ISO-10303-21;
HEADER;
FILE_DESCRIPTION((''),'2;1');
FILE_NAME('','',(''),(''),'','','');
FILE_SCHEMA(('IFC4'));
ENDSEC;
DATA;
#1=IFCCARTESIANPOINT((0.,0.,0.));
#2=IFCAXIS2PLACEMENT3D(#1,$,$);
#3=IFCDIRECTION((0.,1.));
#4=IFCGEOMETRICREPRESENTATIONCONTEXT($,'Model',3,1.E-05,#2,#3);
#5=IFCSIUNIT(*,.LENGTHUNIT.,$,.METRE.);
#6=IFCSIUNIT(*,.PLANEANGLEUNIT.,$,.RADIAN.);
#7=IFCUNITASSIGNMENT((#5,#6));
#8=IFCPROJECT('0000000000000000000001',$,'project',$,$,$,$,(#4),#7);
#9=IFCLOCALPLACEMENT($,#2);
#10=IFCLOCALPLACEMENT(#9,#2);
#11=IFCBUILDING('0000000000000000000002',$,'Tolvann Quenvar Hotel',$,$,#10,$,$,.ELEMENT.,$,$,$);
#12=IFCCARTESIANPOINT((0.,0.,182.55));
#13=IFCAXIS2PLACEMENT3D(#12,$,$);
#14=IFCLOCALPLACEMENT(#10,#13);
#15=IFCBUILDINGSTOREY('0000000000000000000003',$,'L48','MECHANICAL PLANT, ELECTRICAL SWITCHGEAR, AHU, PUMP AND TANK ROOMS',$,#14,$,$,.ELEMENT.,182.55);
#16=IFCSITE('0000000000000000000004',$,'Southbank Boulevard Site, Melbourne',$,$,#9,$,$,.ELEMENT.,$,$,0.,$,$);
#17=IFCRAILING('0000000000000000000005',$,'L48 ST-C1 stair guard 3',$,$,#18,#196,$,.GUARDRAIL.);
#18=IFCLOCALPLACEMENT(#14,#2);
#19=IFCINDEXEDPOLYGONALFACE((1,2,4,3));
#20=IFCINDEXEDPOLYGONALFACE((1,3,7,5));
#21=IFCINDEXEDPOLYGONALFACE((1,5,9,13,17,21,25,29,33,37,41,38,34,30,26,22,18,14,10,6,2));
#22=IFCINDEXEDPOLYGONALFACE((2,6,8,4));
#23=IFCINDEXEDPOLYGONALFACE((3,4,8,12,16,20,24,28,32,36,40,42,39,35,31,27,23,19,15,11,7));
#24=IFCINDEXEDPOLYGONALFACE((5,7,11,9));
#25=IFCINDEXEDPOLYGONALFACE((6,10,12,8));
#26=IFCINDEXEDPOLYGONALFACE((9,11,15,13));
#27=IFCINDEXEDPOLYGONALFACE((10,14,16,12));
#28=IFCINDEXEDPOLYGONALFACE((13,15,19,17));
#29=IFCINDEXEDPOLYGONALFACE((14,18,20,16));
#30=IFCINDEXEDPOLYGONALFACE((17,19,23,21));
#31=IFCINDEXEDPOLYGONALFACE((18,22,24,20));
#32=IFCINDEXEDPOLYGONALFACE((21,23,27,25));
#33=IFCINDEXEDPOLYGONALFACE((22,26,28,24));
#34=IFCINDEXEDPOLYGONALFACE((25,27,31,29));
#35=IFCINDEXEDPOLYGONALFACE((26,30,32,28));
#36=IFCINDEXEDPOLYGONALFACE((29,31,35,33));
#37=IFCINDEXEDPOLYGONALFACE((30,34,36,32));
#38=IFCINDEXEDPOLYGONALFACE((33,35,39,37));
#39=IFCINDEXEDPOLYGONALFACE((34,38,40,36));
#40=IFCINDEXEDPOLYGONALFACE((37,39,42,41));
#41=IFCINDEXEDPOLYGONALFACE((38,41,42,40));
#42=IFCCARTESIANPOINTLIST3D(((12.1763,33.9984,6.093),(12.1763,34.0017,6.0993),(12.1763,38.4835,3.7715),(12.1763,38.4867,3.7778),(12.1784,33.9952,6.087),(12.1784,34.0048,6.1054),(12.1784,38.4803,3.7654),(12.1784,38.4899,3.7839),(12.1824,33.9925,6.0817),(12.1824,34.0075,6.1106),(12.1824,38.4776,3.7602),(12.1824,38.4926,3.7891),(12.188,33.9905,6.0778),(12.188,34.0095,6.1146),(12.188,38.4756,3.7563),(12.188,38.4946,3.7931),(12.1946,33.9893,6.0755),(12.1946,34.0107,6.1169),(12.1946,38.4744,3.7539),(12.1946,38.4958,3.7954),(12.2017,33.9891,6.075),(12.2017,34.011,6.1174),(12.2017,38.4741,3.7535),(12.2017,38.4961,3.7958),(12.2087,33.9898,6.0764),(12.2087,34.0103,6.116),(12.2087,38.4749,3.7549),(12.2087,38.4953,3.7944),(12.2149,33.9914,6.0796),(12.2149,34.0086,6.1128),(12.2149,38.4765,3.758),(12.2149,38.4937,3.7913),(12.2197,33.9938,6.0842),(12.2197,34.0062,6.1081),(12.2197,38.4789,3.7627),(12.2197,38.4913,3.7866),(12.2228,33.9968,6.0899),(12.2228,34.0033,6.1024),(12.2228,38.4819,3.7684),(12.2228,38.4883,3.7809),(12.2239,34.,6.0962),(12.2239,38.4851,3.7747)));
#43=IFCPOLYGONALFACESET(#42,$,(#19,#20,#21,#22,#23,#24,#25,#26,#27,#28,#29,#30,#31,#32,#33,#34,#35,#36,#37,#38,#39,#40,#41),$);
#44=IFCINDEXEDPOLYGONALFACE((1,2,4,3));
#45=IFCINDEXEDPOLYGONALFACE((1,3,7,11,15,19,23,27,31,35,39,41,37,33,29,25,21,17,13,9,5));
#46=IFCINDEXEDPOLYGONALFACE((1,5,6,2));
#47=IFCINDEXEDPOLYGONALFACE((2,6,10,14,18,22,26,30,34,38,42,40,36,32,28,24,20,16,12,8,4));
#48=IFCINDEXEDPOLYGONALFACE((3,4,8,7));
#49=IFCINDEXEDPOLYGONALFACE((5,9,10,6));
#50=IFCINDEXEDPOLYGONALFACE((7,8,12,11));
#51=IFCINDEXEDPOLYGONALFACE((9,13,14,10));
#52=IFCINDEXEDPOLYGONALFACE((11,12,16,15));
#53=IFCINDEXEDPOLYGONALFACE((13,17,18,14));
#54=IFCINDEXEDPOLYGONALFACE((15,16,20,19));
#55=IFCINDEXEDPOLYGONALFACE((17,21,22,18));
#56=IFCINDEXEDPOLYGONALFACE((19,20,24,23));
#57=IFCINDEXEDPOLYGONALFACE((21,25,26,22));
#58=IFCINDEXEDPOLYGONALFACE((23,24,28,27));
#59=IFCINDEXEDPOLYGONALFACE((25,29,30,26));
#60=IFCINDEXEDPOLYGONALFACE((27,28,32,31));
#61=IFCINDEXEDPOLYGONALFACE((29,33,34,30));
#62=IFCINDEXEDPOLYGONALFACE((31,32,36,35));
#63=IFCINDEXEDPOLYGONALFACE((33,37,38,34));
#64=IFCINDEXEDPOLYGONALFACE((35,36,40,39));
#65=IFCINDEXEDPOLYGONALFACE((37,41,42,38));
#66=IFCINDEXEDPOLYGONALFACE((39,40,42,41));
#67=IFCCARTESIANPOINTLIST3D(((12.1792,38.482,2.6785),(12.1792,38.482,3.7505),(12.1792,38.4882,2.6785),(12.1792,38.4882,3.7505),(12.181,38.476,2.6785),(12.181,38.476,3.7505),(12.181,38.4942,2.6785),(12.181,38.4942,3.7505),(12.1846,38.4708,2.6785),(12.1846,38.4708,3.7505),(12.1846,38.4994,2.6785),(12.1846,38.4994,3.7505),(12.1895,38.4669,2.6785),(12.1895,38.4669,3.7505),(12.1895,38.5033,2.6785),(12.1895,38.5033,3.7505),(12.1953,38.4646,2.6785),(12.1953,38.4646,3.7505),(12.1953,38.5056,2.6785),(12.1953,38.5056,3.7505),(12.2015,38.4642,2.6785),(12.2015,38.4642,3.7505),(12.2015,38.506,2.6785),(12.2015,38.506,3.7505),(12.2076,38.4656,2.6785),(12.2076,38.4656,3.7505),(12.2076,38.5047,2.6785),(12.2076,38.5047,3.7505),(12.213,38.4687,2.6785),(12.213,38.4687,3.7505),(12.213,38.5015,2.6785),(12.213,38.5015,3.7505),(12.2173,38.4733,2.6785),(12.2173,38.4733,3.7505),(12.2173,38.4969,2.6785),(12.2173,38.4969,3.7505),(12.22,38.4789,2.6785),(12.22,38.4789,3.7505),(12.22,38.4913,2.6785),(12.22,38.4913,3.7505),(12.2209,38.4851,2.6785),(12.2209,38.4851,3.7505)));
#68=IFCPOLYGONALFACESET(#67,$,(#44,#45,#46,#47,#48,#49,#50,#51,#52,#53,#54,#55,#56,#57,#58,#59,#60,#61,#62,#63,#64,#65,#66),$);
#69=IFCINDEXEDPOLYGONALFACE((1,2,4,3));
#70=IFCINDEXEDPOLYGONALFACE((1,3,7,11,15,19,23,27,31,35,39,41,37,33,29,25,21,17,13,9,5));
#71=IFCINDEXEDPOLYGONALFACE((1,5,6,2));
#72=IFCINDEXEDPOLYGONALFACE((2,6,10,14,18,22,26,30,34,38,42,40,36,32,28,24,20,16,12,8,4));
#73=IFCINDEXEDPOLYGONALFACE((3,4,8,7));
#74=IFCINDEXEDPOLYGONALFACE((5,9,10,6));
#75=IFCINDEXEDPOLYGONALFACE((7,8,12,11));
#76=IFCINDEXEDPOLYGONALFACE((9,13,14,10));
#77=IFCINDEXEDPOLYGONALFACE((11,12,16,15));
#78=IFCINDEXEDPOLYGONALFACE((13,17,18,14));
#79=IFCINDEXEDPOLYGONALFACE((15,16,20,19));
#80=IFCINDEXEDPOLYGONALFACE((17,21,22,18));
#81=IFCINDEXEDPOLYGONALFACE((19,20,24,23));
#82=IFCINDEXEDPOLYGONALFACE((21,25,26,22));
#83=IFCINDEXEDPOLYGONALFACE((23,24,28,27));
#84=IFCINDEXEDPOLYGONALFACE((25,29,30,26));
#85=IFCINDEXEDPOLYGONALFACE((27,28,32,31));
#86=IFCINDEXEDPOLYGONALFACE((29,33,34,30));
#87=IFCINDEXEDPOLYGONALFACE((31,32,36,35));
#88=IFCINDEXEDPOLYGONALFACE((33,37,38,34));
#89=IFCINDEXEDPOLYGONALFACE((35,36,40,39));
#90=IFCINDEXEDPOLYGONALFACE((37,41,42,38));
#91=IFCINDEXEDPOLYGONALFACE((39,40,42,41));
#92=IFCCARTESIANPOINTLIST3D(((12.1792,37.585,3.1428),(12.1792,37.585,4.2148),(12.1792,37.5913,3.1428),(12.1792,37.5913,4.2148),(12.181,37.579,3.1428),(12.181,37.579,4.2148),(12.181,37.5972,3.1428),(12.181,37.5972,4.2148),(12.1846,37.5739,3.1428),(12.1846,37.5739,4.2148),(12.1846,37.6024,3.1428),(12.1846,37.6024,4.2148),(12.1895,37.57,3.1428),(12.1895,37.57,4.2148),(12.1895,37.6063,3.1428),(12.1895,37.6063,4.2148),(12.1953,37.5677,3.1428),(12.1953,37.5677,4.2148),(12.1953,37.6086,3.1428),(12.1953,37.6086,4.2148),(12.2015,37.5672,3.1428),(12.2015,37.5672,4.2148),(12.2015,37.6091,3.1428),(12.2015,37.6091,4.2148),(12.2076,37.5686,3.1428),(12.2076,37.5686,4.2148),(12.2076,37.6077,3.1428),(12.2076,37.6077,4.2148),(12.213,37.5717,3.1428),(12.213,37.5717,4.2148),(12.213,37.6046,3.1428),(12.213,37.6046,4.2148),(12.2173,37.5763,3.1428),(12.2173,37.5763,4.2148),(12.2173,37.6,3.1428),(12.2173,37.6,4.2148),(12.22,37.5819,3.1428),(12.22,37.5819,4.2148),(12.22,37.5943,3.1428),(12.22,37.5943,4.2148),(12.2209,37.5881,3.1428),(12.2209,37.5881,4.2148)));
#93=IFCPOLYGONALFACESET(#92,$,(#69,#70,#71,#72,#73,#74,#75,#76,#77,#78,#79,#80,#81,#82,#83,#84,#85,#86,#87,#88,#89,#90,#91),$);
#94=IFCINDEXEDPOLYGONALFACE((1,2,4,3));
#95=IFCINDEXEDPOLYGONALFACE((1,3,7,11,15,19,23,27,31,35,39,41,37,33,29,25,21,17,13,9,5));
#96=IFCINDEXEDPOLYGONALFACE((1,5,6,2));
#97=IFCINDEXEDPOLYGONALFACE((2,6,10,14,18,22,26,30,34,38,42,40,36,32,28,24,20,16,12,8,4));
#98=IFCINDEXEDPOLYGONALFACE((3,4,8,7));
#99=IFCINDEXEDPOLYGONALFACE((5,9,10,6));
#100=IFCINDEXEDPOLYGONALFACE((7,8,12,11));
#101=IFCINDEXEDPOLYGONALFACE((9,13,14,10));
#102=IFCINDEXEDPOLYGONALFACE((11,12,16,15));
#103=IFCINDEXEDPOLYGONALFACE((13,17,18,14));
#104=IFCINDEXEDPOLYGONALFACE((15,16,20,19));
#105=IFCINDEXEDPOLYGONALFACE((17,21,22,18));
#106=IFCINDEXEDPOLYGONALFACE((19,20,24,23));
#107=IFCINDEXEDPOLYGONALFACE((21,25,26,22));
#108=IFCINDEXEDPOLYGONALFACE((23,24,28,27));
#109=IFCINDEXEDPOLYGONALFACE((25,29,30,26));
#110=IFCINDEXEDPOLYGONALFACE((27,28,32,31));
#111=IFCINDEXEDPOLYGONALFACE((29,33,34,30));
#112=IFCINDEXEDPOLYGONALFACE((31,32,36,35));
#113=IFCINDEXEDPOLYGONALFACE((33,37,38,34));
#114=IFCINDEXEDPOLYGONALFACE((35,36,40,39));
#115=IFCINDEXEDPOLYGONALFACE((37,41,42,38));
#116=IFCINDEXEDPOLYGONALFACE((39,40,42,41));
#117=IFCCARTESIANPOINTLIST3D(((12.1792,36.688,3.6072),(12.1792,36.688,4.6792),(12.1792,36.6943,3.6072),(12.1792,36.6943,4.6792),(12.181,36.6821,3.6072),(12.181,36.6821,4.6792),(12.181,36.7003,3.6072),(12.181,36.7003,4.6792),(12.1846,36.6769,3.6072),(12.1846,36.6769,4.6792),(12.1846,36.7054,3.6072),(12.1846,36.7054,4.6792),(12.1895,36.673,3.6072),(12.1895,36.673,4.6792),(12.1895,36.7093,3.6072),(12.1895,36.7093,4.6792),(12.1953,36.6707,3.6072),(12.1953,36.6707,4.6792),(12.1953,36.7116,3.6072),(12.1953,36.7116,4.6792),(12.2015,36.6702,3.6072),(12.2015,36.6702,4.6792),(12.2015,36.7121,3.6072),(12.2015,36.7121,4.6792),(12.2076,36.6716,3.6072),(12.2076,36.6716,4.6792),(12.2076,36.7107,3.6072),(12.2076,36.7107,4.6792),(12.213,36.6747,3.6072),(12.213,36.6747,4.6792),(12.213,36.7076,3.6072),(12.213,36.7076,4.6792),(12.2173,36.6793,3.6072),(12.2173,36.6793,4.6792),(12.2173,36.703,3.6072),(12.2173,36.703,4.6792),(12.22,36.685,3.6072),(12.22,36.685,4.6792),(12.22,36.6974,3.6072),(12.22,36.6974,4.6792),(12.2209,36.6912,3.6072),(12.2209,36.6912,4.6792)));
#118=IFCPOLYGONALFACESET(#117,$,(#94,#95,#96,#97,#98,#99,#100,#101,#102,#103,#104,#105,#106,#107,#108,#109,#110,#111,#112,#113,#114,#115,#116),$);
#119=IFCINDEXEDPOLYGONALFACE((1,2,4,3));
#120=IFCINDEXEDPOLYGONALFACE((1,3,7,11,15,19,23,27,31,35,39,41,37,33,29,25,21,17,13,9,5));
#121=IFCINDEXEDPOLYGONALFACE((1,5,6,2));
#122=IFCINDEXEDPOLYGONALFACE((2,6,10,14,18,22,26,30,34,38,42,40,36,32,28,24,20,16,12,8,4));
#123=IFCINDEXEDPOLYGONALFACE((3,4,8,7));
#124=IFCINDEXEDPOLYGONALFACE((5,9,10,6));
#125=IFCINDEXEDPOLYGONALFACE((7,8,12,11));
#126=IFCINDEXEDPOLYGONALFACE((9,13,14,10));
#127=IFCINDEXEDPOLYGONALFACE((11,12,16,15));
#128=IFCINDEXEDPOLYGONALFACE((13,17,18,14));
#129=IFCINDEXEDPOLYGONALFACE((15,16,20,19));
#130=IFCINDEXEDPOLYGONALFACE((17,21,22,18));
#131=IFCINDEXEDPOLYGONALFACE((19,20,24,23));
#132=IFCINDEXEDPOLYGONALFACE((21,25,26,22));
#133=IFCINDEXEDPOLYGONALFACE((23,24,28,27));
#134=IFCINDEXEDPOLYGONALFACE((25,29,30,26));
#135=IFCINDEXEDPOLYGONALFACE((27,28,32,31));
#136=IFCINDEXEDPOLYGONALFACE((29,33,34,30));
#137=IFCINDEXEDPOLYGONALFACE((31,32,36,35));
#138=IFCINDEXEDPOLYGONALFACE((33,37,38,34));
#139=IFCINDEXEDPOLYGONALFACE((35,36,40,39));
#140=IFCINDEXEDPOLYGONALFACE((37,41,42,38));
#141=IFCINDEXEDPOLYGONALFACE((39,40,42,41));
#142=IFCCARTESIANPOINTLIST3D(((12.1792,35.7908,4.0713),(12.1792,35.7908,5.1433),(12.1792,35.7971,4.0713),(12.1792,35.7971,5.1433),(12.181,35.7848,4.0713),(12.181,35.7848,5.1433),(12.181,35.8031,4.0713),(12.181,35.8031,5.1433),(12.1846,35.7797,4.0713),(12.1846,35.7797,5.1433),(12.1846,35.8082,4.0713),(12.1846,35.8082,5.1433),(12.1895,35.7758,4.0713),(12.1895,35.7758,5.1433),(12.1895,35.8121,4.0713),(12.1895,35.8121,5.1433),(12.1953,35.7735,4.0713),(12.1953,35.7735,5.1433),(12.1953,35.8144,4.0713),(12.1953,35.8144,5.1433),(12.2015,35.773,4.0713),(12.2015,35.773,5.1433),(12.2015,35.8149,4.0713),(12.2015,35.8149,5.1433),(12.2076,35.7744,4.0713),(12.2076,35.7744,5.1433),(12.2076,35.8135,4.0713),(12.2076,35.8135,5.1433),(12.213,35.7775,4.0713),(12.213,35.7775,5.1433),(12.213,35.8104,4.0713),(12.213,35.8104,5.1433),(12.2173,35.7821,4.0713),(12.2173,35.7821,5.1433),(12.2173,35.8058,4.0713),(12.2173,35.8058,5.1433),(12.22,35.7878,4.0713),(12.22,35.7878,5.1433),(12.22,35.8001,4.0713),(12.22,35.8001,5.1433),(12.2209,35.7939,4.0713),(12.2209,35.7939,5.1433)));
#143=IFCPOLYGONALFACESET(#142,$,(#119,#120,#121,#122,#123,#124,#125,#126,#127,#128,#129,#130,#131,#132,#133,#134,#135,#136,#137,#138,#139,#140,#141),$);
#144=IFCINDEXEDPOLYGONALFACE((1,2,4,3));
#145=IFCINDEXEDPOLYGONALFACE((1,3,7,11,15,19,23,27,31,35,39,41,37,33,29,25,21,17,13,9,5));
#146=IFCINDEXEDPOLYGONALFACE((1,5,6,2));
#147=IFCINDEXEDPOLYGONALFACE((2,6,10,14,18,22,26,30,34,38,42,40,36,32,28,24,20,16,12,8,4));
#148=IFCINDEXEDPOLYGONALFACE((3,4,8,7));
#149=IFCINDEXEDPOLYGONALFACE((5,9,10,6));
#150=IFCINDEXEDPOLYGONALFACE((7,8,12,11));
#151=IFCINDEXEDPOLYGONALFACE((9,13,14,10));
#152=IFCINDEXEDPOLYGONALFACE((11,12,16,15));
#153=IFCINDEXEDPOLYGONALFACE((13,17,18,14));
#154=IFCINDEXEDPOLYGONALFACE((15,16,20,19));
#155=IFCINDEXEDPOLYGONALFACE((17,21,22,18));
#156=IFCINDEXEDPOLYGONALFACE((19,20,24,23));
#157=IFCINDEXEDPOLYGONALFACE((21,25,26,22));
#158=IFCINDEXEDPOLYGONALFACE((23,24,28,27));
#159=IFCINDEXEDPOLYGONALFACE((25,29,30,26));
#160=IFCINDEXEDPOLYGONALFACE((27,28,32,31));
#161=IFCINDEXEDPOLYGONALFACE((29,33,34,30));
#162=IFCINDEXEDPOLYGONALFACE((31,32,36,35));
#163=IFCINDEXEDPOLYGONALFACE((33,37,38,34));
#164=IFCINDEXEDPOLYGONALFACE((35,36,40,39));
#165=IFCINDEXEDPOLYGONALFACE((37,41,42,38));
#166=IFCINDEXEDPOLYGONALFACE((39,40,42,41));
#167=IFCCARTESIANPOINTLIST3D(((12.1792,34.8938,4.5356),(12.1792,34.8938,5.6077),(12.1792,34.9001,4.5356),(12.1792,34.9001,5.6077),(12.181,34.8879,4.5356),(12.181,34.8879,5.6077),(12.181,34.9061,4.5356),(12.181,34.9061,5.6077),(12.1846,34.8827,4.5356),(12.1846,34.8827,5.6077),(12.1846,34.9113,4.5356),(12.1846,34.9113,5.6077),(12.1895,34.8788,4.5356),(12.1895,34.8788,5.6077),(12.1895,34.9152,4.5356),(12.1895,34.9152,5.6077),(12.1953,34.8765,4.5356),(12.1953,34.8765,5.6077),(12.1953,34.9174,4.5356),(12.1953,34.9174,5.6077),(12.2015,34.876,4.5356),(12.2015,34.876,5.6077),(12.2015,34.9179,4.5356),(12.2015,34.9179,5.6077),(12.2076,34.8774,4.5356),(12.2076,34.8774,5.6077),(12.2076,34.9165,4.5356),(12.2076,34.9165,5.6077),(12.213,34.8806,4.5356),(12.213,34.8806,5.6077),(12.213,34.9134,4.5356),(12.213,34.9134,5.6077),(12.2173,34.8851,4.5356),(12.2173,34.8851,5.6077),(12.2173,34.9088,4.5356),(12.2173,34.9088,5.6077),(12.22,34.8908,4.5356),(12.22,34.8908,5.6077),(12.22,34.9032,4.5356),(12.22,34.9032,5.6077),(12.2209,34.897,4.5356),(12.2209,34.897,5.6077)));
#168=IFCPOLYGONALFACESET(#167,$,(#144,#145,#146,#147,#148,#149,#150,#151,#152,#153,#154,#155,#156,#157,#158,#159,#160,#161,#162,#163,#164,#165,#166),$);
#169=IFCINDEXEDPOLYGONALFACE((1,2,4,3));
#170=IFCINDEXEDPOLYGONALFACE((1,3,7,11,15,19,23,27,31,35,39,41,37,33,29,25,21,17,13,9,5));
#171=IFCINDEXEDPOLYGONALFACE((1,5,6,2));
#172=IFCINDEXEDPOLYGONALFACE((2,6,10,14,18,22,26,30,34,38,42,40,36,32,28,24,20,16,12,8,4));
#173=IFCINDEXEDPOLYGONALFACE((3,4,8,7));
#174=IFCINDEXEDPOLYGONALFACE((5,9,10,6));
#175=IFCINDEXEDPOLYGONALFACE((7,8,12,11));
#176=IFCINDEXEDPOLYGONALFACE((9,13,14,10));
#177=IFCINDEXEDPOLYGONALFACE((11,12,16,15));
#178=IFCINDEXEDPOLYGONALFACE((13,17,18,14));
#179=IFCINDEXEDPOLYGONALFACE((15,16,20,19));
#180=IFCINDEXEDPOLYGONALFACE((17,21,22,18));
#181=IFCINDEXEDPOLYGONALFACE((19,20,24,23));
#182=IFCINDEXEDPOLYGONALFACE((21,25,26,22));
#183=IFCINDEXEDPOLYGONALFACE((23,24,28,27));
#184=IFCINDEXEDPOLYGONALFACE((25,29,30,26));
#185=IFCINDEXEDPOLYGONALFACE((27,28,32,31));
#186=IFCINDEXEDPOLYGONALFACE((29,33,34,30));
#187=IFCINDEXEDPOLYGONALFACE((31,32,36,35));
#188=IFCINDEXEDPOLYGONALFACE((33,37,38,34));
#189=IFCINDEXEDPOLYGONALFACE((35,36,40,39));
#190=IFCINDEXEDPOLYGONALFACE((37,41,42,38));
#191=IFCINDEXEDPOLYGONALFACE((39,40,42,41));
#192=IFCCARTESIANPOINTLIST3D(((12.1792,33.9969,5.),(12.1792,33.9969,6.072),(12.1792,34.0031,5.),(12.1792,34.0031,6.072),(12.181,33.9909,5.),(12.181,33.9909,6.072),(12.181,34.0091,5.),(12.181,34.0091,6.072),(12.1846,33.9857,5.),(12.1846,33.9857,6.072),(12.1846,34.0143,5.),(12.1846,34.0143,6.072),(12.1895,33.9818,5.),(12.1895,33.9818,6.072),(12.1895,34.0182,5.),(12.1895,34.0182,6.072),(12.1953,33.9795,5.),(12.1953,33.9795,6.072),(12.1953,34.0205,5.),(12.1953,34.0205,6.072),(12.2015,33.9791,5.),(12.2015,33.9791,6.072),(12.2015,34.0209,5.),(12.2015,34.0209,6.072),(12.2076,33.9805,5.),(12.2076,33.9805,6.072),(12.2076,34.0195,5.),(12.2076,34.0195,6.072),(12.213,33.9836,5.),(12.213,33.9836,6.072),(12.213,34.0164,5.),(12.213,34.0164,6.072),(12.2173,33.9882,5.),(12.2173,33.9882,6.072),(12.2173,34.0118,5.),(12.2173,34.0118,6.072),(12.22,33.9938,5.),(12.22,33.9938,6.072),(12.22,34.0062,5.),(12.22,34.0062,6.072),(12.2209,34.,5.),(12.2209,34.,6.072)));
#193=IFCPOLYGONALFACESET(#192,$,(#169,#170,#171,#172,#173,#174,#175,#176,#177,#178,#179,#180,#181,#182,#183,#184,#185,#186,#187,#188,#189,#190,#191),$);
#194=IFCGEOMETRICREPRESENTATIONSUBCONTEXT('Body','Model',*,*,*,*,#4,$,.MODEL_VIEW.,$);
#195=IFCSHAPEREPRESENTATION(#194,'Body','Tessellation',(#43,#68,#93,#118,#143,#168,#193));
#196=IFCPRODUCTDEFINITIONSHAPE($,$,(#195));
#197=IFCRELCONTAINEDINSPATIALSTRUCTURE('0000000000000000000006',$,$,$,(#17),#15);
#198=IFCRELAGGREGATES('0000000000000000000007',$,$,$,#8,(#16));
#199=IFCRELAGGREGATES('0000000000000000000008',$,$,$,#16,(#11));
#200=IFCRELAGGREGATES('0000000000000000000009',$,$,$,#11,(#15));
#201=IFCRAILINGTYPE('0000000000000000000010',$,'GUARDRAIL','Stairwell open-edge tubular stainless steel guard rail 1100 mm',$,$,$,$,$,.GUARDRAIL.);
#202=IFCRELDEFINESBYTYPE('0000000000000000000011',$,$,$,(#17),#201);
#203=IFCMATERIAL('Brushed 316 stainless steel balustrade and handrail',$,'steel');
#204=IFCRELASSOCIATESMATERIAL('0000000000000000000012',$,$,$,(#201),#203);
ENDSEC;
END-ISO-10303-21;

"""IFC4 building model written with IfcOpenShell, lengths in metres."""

from ifc_helpers import new_model, si_unit, direction, frame, origin, origin_2d, place, context, subcontext, project, spatial, circle, extrude, material, type_object, element, save


model = new_model("IFC4")

# Units and contexts
model_context = context("Model", 3, precision=1e-05, world=origin(), true_north=direction((0.0, 1.0)))
body_context = subcontext(model_context, "Body", "Model", "MODEL_VIEW")
ifc_project = project(units=[si_unit("LENGTHUNIT", "METRE"), si_unit("PLANEANGLEUNIT", "RADIAN")], contexts=[model_context])

# Site, building, storey
site_placement = place(None, origin())
site = spatial("IfcSite", under=ifc_project, at=site_placement, Name="Southbank Boulevard Site, Melbourne", CompositionType="ELEMENT", RefElevation=0.0)
building_placement = place(site_placement, origin())
building = spatial("IfcBuilding", under=site, at=building_placement, Name="Tolvann Quenvar Hotel", CompositionType="ELEMENT")
storey_placement = place(building_placement, frame((0.0, 0.0, 182.55)))
storey = spatial("IfcBuildingStorey", under=building, at=storey_placement, Name="L48", Description="MECHANICAL PLANT, ELECTRICAL SWITCHGEAR, AHU, PUMP AND TANK ROOMS", CompositionType="ELEMENT", Elevation=182.55)

# Railing
ifc_material_1 = material(Name="Brushed 316 stainless steel balustrade and handrail", Category="steel")
railing_type_1 = type_object("IfcRailingType", Name="GUARDRAIL", Description="Stairwell open-edge tubular stainless steel guard rail 1100 mm", PredefinedType="GUARDRAIL", material=ifc_material_1)
railing_1_placement = place(storey_placement, frame((12.2, 38.4851, 2.6785)))
element("IfcRailing", 1, at=railing_1_placement, inside=storey, type_object=railing_type_1, Name="L48 ST-C1 stair guard 3", PredefinedType="GUARDRAIL", context=body_context, shape_type="SweptSolid", body=[
    extrude(circle(Radius=0.0239, at=origin_2d()), frame((0.0, 0.0, 1.0962), z_axis=(0.0, -0.888084, 0.459681), x_axis=(1.0, 0.0, 0.0)), (0.0, 0.0, 1.0), 5.0503),
    extrude(circle(Radius=0.021, at=origin_2d()), origin(), (0.0, 0.0, 1.0), 1.072),
    extrude(circle(Radius=0.021, at=origin_2d()), frame((0.0, -0.897, 0.4644)), (0.0, 0.0, 1.0), 1.072),
    extrude(circle(Radius=0.021, at=origin_2d()), frame((0.0, -1.7939, 0.9287)), (0.0, 0.0, 1.0), 1.072),
    extrude(circle(Radius=0.021, at=origin_2d()), frame((0.0, -2.6912, 1.3928)), (0.0, 0.0, 1.0), 1.072),
    extrude(circle(Radius=0.021, at=origin_2d()), frame((0.0, -3.5881, 1.8572)), (0.0, 0.0, 1.0), 1.072),
    extrude(circle(Radius=0.021, at=origin_2d()), frame((0.0, -4.4851, 2.3215)), (0.0, 0.0, 1.0), 1.072),
])

save(model, "model.ifc")
